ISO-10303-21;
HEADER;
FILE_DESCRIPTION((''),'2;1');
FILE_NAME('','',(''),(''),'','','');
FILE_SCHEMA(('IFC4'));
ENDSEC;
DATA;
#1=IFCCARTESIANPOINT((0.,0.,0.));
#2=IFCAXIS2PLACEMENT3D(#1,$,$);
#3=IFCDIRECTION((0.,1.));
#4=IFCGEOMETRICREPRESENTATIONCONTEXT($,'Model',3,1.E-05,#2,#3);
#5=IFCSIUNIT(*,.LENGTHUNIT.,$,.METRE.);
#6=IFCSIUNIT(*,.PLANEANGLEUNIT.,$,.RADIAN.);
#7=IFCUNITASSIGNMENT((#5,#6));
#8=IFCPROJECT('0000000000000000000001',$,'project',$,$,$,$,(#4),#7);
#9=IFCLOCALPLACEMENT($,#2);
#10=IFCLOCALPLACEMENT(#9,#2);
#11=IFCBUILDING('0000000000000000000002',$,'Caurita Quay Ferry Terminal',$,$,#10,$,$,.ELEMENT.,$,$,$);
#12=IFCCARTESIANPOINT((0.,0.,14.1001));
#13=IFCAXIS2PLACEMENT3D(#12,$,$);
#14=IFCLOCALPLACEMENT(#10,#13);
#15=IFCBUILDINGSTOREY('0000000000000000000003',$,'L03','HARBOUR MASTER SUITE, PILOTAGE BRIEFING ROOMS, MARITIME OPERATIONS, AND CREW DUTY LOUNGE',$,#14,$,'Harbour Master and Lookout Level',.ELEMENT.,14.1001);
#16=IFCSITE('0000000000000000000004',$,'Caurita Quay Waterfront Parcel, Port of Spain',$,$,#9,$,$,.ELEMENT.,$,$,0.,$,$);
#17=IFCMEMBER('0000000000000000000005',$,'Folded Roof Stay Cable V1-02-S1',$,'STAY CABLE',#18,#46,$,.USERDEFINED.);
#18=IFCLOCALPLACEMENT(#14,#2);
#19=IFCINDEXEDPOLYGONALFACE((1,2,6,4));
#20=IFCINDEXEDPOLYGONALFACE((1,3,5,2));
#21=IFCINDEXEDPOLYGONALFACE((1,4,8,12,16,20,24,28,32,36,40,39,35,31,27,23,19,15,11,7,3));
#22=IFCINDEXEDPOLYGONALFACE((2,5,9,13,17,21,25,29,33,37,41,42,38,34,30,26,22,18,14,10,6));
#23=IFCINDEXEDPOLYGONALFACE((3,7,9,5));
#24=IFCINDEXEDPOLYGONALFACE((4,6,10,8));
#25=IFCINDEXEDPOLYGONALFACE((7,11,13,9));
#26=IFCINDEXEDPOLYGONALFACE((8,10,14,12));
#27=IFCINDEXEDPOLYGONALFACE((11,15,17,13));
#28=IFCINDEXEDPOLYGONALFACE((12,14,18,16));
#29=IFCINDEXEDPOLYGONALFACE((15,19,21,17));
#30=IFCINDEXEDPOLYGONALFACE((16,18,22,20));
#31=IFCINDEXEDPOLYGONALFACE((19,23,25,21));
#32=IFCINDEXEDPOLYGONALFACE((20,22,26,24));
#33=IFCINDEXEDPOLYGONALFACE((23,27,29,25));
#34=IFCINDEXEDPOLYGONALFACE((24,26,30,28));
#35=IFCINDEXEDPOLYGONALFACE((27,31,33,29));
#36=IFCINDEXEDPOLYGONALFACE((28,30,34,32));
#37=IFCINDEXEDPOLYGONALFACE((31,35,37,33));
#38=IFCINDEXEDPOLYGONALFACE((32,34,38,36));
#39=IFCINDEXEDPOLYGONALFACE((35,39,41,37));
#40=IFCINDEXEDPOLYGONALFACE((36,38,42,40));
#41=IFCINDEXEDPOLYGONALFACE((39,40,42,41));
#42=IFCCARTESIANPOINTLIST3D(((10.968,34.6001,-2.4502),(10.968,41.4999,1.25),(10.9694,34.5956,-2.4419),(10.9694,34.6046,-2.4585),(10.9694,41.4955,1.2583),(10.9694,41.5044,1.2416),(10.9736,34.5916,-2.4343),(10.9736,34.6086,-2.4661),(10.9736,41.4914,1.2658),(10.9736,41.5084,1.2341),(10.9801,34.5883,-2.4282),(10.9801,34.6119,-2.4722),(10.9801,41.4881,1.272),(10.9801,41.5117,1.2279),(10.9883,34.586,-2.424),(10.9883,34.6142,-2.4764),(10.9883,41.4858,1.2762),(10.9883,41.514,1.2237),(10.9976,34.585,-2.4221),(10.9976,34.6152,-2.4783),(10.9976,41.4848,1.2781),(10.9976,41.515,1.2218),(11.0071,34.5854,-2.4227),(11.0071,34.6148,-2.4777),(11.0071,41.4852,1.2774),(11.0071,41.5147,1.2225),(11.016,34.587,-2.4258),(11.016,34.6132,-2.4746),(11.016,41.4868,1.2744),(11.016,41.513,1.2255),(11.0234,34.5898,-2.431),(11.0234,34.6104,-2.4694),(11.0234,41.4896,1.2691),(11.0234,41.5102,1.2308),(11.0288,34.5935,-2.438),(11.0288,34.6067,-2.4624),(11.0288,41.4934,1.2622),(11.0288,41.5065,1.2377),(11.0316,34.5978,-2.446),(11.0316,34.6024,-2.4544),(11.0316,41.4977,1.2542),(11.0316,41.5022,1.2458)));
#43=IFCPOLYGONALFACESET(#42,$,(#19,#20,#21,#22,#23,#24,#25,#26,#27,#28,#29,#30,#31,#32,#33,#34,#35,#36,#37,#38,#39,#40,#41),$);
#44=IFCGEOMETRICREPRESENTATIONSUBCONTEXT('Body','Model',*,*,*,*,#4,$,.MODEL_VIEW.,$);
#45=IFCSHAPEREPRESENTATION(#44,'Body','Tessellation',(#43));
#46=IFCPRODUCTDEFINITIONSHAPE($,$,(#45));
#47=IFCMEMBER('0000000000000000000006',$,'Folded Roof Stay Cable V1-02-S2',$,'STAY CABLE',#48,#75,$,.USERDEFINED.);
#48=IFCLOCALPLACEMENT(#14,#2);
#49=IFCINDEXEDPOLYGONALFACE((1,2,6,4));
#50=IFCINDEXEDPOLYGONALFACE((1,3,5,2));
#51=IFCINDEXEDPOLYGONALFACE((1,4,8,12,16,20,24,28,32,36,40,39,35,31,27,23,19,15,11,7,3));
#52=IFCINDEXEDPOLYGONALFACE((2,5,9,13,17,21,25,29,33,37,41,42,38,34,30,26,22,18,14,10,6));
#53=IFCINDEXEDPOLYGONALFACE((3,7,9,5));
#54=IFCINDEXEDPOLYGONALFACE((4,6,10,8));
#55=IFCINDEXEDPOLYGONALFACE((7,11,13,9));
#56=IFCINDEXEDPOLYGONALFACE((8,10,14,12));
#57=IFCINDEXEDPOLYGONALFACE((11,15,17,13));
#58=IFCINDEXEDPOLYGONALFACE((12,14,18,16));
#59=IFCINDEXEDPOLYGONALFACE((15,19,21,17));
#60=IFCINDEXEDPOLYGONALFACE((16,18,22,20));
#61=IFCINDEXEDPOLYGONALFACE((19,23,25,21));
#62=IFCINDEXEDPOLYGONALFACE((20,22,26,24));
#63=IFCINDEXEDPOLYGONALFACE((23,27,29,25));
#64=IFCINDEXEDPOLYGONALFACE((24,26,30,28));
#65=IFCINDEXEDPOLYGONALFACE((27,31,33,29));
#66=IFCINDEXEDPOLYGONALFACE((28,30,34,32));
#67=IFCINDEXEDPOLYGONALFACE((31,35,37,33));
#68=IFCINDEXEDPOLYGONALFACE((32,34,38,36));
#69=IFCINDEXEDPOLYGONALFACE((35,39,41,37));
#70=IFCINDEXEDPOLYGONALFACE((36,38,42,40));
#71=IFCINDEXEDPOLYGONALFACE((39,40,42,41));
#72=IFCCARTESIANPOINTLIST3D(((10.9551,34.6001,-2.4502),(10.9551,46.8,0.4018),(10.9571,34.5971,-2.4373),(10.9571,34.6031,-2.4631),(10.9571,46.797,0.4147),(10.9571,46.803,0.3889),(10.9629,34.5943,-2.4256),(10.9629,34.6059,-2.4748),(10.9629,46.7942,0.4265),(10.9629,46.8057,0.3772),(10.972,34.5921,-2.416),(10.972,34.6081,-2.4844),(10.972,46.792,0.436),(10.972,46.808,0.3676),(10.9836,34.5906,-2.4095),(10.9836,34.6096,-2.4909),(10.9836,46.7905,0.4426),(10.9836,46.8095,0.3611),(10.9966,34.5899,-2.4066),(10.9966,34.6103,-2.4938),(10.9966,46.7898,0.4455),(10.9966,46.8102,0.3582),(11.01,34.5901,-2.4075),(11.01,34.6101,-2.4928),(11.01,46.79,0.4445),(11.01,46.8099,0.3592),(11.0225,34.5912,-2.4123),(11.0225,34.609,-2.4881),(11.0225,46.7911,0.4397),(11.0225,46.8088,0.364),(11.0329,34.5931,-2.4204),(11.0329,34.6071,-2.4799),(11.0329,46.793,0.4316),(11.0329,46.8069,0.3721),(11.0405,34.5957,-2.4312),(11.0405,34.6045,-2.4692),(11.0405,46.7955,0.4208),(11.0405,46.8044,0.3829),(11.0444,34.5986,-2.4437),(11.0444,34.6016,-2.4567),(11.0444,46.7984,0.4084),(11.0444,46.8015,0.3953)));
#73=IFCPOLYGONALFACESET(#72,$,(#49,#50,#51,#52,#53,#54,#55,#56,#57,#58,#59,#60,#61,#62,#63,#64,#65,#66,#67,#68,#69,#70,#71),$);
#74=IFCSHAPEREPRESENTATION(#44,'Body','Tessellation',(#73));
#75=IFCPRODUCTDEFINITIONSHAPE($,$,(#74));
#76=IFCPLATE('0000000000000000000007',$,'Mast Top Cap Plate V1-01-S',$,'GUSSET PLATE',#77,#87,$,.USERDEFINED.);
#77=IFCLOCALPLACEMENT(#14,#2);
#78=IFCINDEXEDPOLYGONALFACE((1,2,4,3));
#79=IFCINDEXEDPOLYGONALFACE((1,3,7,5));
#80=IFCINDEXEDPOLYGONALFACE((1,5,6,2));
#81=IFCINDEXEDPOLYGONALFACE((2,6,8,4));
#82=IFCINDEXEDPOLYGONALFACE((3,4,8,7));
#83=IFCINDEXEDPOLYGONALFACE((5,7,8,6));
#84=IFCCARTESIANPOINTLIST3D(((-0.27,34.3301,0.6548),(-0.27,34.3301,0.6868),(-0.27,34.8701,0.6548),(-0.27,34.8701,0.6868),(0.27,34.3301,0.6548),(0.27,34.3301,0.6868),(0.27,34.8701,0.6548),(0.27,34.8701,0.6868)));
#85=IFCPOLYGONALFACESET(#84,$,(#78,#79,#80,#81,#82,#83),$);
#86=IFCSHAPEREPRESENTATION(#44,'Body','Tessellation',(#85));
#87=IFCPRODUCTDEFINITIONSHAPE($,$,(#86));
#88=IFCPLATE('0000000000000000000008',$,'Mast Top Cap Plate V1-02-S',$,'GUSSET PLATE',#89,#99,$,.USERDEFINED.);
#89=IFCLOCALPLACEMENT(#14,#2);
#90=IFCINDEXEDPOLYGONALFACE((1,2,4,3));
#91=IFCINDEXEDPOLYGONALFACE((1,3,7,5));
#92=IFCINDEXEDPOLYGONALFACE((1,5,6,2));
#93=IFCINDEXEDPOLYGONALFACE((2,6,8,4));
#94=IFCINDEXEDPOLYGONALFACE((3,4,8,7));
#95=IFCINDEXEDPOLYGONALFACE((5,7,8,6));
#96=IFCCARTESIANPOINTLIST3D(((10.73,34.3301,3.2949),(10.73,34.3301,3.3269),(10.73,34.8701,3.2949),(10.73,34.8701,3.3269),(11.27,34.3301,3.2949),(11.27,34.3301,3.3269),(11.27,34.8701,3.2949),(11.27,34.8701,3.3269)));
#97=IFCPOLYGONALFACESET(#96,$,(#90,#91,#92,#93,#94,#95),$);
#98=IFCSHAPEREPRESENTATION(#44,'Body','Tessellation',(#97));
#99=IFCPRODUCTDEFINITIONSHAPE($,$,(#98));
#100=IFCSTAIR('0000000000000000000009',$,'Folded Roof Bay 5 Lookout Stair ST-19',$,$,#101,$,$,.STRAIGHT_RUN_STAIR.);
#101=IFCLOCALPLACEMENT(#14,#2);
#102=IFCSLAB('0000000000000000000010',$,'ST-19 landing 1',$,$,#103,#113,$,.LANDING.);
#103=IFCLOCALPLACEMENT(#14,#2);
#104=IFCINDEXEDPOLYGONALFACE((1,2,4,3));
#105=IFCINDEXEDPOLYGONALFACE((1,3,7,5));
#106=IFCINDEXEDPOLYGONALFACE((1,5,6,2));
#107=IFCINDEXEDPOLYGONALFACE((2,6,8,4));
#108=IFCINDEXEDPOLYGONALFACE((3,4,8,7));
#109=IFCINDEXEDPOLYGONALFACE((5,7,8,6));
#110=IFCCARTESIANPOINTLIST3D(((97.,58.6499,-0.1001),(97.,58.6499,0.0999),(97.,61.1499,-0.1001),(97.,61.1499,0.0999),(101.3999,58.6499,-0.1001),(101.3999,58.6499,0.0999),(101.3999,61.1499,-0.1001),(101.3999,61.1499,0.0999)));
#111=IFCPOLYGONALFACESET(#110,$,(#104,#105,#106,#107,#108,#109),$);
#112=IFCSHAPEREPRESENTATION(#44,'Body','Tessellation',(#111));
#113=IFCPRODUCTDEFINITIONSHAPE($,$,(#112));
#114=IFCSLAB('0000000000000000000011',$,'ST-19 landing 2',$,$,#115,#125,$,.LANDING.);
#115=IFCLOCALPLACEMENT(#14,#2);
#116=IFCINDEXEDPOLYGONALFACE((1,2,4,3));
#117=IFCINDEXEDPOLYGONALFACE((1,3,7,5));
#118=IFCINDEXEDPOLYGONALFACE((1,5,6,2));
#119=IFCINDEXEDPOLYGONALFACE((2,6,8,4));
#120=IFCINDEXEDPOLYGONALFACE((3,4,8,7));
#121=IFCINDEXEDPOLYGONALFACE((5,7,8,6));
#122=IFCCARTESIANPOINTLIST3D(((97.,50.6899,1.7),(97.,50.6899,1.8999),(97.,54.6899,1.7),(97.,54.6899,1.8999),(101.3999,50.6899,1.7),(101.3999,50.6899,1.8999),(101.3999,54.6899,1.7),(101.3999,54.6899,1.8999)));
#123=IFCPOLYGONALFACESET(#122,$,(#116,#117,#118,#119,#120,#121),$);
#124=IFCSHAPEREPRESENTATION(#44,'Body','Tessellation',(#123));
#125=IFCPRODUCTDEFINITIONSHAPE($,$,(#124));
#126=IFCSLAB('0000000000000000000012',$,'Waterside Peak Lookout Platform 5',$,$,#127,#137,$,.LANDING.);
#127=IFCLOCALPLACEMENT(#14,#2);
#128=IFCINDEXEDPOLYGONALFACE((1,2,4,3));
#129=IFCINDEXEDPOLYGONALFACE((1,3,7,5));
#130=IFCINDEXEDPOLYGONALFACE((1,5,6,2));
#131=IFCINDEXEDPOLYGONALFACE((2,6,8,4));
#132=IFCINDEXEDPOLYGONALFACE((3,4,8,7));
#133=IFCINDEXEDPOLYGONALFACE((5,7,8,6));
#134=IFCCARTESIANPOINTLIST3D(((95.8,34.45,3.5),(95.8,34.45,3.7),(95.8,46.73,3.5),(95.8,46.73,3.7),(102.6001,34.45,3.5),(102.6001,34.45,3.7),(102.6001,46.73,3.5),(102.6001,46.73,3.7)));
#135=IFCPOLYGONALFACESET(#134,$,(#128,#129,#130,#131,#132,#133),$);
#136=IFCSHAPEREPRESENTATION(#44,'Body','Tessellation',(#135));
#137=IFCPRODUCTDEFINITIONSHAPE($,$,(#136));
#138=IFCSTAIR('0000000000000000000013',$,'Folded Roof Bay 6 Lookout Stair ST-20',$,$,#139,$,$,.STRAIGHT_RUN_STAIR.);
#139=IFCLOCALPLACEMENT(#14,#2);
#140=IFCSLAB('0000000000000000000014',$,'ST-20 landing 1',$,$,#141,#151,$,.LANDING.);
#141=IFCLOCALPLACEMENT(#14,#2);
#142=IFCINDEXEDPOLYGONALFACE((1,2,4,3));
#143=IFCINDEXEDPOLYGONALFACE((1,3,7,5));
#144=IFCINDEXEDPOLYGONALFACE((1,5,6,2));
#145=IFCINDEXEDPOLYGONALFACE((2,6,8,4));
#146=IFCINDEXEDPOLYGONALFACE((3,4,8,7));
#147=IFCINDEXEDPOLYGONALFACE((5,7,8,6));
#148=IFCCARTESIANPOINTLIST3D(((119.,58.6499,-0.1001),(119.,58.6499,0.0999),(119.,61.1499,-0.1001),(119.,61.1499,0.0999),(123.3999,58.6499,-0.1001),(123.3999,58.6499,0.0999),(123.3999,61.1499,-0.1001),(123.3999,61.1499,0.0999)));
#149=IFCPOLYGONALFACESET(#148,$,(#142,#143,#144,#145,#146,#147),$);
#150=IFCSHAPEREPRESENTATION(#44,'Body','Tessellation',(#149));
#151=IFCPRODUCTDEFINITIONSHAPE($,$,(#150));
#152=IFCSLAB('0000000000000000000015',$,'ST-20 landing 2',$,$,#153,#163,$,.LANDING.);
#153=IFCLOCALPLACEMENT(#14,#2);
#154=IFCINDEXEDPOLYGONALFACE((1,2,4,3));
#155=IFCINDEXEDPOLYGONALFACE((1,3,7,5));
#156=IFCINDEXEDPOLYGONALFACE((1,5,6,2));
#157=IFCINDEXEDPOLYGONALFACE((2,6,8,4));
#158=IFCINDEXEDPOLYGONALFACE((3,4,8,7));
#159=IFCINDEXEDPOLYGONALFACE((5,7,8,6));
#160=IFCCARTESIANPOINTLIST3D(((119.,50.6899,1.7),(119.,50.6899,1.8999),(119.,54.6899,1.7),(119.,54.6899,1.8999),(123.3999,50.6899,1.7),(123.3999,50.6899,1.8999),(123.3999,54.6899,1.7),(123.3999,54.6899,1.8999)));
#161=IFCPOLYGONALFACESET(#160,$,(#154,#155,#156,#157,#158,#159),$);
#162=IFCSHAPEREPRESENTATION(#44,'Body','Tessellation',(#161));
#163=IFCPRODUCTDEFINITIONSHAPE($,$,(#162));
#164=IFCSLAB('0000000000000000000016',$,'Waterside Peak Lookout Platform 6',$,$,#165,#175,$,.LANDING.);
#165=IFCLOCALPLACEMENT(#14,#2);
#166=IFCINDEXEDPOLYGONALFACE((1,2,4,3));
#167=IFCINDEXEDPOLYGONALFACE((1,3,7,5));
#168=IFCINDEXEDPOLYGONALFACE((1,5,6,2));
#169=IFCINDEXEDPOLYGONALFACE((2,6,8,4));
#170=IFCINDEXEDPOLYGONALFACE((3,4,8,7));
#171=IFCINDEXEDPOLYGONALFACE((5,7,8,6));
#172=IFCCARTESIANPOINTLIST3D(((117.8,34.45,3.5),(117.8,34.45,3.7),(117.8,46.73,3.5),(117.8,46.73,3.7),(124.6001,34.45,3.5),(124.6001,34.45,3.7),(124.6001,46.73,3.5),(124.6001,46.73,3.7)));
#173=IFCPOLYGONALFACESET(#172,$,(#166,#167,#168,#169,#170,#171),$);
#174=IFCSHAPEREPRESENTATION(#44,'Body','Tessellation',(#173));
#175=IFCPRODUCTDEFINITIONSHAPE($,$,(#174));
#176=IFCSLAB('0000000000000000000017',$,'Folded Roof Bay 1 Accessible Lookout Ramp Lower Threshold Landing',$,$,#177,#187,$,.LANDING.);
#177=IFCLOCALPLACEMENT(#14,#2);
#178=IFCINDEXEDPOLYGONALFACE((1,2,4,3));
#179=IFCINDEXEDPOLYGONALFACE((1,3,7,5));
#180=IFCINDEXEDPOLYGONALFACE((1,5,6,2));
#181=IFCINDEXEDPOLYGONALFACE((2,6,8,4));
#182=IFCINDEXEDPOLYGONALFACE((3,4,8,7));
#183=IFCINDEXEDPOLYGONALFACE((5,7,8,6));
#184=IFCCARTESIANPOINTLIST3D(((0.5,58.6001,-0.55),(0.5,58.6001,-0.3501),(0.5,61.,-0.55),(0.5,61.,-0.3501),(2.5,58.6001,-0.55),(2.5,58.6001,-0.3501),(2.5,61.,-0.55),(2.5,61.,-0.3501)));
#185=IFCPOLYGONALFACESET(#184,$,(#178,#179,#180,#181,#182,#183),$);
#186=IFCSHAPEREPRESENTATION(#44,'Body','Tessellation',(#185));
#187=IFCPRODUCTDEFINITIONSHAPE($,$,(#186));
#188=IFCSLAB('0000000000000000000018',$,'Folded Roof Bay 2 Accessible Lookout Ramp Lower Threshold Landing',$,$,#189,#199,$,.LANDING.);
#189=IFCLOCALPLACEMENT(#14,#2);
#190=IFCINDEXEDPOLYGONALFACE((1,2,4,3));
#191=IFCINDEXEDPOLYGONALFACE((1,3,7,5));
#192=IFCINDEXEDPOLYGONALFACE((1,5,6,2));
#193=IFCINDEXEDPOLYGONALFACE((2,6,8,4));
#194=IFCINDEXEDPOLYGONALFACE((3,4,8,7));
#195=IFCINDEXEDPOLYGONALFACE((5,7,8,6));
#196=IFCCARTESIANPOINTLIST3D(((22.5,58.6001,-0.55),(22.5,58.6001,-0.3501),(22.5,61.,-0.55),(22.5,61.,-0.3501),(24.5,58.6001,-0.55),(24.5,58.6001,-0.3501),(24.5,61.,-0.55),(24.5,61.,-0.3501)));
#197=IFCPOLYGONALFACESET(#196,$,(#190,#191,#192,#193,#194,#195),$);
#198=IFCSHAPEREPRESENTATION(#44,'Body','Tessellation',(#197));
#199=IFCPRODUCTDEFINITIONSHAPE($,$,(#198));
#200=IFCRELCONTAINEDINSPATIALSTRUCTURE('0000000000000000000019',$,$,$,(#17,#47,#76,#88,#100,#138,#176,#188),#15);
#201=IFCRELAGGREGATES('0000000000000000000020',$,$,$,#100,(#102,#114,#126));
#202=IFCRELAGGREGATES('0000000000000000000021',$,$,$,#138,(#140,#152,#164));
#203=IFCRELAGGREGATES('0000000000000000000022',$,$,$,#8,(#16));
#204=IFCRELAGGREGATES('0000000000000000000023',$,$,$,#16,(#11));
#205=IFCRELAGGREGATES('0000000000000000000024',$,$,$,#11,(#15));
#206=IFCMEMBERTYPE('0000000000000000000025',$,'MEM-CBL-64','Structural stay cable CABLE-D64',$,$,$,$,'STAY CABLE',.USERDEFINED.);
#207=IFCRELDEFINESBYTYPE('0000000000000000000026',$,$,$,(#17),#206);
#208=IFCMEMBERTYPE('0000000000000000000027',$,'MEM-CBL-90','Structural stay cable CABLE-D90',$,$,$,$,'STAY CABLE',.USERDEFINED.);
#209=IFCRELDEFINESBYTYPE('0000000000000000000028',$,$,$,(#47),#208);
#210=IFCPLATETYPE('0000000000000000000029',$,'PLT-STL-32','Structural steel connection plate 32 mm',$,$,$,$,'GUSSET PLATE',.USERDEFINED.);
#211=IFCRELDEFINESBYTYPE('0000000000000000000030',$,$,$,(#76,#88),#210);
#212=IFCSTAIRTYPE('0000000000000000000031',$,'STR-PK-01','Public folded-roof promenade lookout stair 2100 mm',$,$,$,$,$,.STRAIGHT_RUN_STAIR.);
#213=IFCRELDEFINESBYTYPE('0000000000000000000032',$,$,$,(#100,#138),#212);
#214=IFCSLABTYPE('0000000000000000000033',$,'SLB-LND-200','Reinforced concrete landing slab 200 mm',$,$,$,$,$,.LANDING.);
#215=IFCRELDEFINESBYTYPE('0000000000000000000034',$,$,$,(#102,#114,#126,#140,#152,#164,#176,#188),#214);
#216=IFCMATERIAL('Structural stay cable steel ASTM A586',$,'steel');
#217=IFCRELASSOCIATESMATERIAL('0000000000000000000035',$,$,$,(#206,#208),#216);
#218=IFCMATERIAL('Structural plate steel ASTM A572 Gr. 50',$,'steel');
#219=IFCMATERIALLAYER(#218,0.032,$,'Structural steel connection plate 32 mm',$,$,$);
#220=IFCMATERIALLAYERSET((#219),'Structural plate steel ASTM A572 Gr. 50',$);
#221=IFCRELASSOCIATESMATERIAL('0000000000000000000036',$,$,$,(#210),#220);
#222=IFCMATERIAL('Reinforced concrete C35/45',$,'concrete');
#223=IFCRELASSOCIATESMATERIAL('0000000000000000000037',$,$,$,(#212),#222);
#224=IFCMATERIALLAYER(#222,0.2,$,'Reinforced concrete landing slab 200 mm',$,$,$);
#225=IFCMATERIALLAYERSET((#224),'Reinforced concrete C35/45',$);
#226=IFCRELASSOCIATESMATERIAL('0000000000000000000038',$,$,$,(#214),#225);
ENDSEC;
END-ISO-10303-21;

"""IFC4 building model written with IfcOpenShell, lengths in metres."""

from ifc_helpers import new_model, si_unit, direction, frame, origin, origin_2d, place, context, subcontext, project, spatial, polyline, rectangle, circle, outline, extrude, material, layer, layer_set, material_profile, profile_set, type_object, element, aggregate, save


model = new_model("IFC4")

# Units and contexts
model_context = context("Model", 3, precision=1e-05, world=origin(), true_north=direction((0.0, 1.0)))
body_context = subcontext(model_context, "Body", "Model", "MODEL_VIEW")
ifc_project = project(units=[si_unit("LENGTHUNIT", "METRE"), si_unit("PLANEANGLEUNIT", "RADIAN")], contexts=[model_context])

# Site, building, storey
site_placement = place(None, origin())
site = spatial("IfcSite", under=ifc_project, at=site_placement, Name="Caurita Quay Waterfront Parcel, Port of Spain", CompositionType="ELEMENT", RefElevation=0.0)
building_placement = place(site_placement, origin())
building = spatial("IfcBuilding", under=site, at=building_placement, Name="Caurita Quay Ferry Terminal", CompositionType="ELEMENT")
storey_placement = place(building_placement, frame((0.0, 0.0, 14.1001)))
storey = spatial("IfcBuildingStorey", under=building, at=storey_placement, Name="L03", Description="HARBOUR MASTER SUITE, PILOTAGE BRIEFING ROOMS, MARITIME OPERATIONS, AND CREW DUTY LOUNGE", LongName="Harbour Master and Lookout Level", CompositionType="ELEMENT", Elevation=14.1001)

# Members
ifc_material_1 = material(Name="Structural stay cable steel ASTM A586", Category="steel")
ifc_material_profile_1 = material_profile(ifc_material_1, circle(Radius=0.032, at=origin_2d()), Name="CABLE-D64")
ifc_profile_set_1 = profile_set([ifc_material_profile_1], Name="Structural stay cable steel ASTM A586")
member_type_1 = type_object("IfcMemberType", Name="MEM-CBL-64", Description="Structural stay cable CABLE-D64", ElementType="STAY CABLE", PredefinedType="USERDEFINED", material=ifc_profile_set_1)
member_1_placement = place(storey_placement, frame((11.0, 34.6001, -2.4502), z_axis=(0.0, 0.881277, 0.4726), x_axis=(-1.0, 0.0, 0.0)))
element("IfcMember", 1, at=member_1_placement, inside=storey, type_object=member_type_1, Name="Folded Roof Stay Cable V1-02-S1", ObjectType="STAY CABLE", PredefinedType="USERDEFINED", context=body_context, shape_type="SweptSolid", body=[
    extrude(circle(Radius=0.032, at=origin_2d()), origin(), (0.0, 0.0, 1.0), 7.8293),
])
ifc_material_profile_2 = material_profile(ifc_material_1, circle(Radius=0.0449, at=origin_2d()), Name="CABLE-D90")
ifc_profile_set_2 = profile_set([ifc_material_profile_2], Name="Structural stay cable steel ASTM A586")
member_type_2 = type_object("IfcMemberType", Name="MEM-CBL-90", Description="Structural stay cable CABLE-D90", ElementType="STAY CABLE", PredefinedType="USERDEFINED", material=ifc_profile_set_2)
member_2_placement = place(storey_placement, frame((11.0, 34.6001, -2.4502), z_axis=(0.0, 0.973746, 0.227638), x_axis=(-1.0, 0.0, 0.0)))
element("IfcMember", 2, at=member_2_placement, inside=storey, type_object=member_type_2, Name="Folded Roof Stay Cable V1-02-S2", ObjectType="STAY CABLE", PredefinedType="USERDEFINED", context=body_context, shape_type="SweptSolid", body=[
    extrude(circle(Radius=0.0449, at=origin_2d()), origin(), (0.0, 0.0, 1.0), 12.5288),
])

# Plates
ifc_material_2 = material(Name="Structural plate steel ASTM A572 Gr. 50", Category="steel")
ifc_layer_1 = layer(ifc_material_2, 0.032, Name="Structural steel connection plate 32 mm")
ifc_layer_set_1 = layer_set([ifc_layer_1], Name="Structural plate steel ASTM A572 Gr. 50")
plate_type = type_object("IfcPlateType", Name="PLT-STL-32", Description="Structural steel connection plate 32 mm", ElementType="GUSSET PLATE", PredefinedType="USERDEFINED", material=ifc_layer_set_1)
for number, where, z_axis, x_axis, name in (
    (3, (0.0, 34.6001, 0.6548), (0.0, 0.0, 1.0), (1.0, 0.0, 0.0), "Mast Top Cap Plate V1-01-S"),
    (4, (11.0, 34.6001, 3.2949), (0.0, 0.0, 1.0), (1.0, 0.0, 0.0), "Mast Top Cap Plate V1-02-S"),
):
    element("IfcPlate", number, at=place(storey_placement, frame(where, z_axis=z_axis, x_axis=x_axis)), inside=storey, type_object=plate_type, Name=name, ObjectType="GUSSET PLATE", PredefinedType="USERDEFINED", context=body_context, shape_type="SweptSolid", body=[
        extrude(rectangle(XDim=0.54, YDim=0.54, at=origin_2d()), origin(), (0.0, 0.0, 1.0), 0.032),
    ])

# Stairs, slabs
ifc_material_3 = material(Name="Reinforced concrete C35/45", Category="concrete")
stair_type = type_object("IfcStairType", Name="STR-PK-01", Description="Public folded-roof promenade lookout stair 2100 mm", PredefinedType="STRAIGHT_RUN_STAIR", material=ifc_material_3)
stair_1_placement = place(storey_placement, origin())
stair_1 = element("IfcStair", 5, at=stair_1_placement, inside=storey, type_object=stair_type, Name="Folded Roof Bay 5 Lookout Stair ST-19", PredefinedType="STRAIGHT_RUN_STAIR")
ifc_layer_2 = layer(ifc_material_3, 0.2, Name="Reinforced concrete landing slab 200 mm")
ifc_layer_set_2 = layer_set([ifc_layer_2], Name="Reinforced concrete C35/45")
slab_type = type_object("IfcSlabType", Name="SLB-LND-200", Description="Reinforced concrete landing slab 200 mm", PredefinedType="LANDING", material=ifc_layer_set_2)
slab_1_placement = place(storey_placement, frame((0.0, 0.0, -0.1001)))
slab_1 = element("IfcSlab", 6, at=slab_1_placement, type_object=slab_type, Name="ST-19 landing 1", PredefinedType="LANDING", context=body_context, shape_type="SweptSolid", body=[
    extrude(outline(polyline([(97.0, 58.6499), (101.3999, 58.6499), (101.3999, 61.1499), (97.0, 61.1499), (97.0, 58.6499)])), origin(), (0.0, 0.0, 1.0), 0.2),
])
slab_2_placement = place(storey_placement, frame((0.0, 0.0, 1.7)))
slab_2 = element("IfcSlab", 7, at=slab_2_placement, type_object=slab_type, Name="ST-19 landing 2", PredefinedType="LANDING", context=body_context, shape_type="SweptSolid", body=[
    extrude(outline(polyline([(97.0, 50.6899), (101.3999, 50.6899), (101.3999, 54.6899), (97.0, 54.6899), (97.0, 50.6899)])), origin(), (0.0, 0.0, 1.0), 0.2),
])
slab_3_placement = place(storey_placement, frame((0.0, 0.0, 3.5)))
slab_3 = element("IfcSlab", 8, at=slab_3_placement, type_object=slab_type, Name="Waterside Peak Lookout Platform 5", PredefinedType="LANDING", context=body_context, shape_type="SweptSolid", body=[
    extrude(outline(polyline([(95.8, 34.45), (102.6001, 34.45), (102.6001, 46.73), (95.8, 46.73), (95.8, 34.45)])), origin(), (0.0, 0.0, 1.0), 0.2),
])
aggregate(stair_1, [slab_1, slab_2, slab_3])
stair_2_placement = place(storey_placement, origin())
stair_2 = element("IfcStair", 9, at=stair_2_placement, inside=storey, type_object=stair_type, Name="Folded Roof Bay 6 Lookout Stair ST-20", PredefinedType="STRAIGHT_RUN_STAIR")
slab_4_placement = place(storey_placement, frame((0.0, 0.0, -0.1001)))
slab_4 = element("IfcSlab", 10, at=slab_4_placement, type_object=slab_type, Name="ST-20 landing 1", PredefinedType="LANDING", context=body_context, shape_type="SweptSolid", body=[
    extrude(outline(polyline([(119.0, 58.6499), (123.3999, 58.6499), (123.3999, 61.1499), (119.0, 61.1499), (119.0, 58.6499)])), origin(), (0.0, 0.0, 1.0), 0.2),
])
slab_5_placement = place(storey_placement, frame((0.0, 0.0, 1.7)))
slab_5 = element("IfcSlab", 11, at=slab_5_placement, type_object=slab_type, Name="ST-20 landing 2", PredefinedType="LANDING", context=body_context, shape_type="SweptSolid", body=[
    extrude(outline(polyline([(119.0, 50.6899), (123.3999, 50.6899), (123.3999, 54.6899), (119.0, 54.6899), (119.0, 50.6899)])), origin(), (0.0, 0.0, 1.0), 0.2),
])
slab_6_placement = place(storey_placement, frame((0.0, 0.0, 3.5)))
slab_6 = element("IfcSlab", 12, at=slab_6_placement, type_object=slab_type, Name="Waterside Peak Lookout Platform 6", PredefinedType="LANDING", context=body_context, shape_type="SweptSolid", body=[
    extrude(outline(polyline([(117.8, 34.45), (124.6001, 34.45), (124.6001, 46.73), (117.8, 46.73), (117.8, 34.45)])), origin(), (0.0, 0.0, 1.0), 0.2),
])
aggregate(stair_2, [slab_4, slab_5, slab_6])

# Slabs
slab_7_placement = place(storey_placement, frame((0.0, 0.0, -0.55)))
element("IfcSlab", 13, at=slab_7_placement, inside=storey, type_object=slab_type, Name="Folded Roof Bay 1 Accessible Lookout Ramp Lower Threshold Landing", PredefinedType="LANDING", context=body_context, shape_type="SweptSolid", body=[
    extrude(outline(polyline([(0.5, 58.6001), (2.5, 58.6001), (2.5, 61.0), (0.5, 61.0), (0.5, 58.6001)])), origin(), (0.0, 0.0, 1.0), 0.2),
])
slab_8_placement = place(storey_placement, frame((0.0, 0.0, -0.55)))
element("IfcSlab", 14, at=slab_8_placement, inside=storey, type_object=slab_type, Name="Folded Roof Bay 2 Accessible Lookout Ramp Lower Threshold Landing", PredefinedType="LANDING", context=body_context, shape_type="SweptSolid", body=[
    extrude(outline(polyline([(22.5, 58.6001), (24.5, 58.6001), (24.5, 61.0), (22.5, 61.0), (22.5, 58.6001)])), origin(), (0.0, 0.0, 1.0), 0.2),
])

save(model, "model.ifc")
